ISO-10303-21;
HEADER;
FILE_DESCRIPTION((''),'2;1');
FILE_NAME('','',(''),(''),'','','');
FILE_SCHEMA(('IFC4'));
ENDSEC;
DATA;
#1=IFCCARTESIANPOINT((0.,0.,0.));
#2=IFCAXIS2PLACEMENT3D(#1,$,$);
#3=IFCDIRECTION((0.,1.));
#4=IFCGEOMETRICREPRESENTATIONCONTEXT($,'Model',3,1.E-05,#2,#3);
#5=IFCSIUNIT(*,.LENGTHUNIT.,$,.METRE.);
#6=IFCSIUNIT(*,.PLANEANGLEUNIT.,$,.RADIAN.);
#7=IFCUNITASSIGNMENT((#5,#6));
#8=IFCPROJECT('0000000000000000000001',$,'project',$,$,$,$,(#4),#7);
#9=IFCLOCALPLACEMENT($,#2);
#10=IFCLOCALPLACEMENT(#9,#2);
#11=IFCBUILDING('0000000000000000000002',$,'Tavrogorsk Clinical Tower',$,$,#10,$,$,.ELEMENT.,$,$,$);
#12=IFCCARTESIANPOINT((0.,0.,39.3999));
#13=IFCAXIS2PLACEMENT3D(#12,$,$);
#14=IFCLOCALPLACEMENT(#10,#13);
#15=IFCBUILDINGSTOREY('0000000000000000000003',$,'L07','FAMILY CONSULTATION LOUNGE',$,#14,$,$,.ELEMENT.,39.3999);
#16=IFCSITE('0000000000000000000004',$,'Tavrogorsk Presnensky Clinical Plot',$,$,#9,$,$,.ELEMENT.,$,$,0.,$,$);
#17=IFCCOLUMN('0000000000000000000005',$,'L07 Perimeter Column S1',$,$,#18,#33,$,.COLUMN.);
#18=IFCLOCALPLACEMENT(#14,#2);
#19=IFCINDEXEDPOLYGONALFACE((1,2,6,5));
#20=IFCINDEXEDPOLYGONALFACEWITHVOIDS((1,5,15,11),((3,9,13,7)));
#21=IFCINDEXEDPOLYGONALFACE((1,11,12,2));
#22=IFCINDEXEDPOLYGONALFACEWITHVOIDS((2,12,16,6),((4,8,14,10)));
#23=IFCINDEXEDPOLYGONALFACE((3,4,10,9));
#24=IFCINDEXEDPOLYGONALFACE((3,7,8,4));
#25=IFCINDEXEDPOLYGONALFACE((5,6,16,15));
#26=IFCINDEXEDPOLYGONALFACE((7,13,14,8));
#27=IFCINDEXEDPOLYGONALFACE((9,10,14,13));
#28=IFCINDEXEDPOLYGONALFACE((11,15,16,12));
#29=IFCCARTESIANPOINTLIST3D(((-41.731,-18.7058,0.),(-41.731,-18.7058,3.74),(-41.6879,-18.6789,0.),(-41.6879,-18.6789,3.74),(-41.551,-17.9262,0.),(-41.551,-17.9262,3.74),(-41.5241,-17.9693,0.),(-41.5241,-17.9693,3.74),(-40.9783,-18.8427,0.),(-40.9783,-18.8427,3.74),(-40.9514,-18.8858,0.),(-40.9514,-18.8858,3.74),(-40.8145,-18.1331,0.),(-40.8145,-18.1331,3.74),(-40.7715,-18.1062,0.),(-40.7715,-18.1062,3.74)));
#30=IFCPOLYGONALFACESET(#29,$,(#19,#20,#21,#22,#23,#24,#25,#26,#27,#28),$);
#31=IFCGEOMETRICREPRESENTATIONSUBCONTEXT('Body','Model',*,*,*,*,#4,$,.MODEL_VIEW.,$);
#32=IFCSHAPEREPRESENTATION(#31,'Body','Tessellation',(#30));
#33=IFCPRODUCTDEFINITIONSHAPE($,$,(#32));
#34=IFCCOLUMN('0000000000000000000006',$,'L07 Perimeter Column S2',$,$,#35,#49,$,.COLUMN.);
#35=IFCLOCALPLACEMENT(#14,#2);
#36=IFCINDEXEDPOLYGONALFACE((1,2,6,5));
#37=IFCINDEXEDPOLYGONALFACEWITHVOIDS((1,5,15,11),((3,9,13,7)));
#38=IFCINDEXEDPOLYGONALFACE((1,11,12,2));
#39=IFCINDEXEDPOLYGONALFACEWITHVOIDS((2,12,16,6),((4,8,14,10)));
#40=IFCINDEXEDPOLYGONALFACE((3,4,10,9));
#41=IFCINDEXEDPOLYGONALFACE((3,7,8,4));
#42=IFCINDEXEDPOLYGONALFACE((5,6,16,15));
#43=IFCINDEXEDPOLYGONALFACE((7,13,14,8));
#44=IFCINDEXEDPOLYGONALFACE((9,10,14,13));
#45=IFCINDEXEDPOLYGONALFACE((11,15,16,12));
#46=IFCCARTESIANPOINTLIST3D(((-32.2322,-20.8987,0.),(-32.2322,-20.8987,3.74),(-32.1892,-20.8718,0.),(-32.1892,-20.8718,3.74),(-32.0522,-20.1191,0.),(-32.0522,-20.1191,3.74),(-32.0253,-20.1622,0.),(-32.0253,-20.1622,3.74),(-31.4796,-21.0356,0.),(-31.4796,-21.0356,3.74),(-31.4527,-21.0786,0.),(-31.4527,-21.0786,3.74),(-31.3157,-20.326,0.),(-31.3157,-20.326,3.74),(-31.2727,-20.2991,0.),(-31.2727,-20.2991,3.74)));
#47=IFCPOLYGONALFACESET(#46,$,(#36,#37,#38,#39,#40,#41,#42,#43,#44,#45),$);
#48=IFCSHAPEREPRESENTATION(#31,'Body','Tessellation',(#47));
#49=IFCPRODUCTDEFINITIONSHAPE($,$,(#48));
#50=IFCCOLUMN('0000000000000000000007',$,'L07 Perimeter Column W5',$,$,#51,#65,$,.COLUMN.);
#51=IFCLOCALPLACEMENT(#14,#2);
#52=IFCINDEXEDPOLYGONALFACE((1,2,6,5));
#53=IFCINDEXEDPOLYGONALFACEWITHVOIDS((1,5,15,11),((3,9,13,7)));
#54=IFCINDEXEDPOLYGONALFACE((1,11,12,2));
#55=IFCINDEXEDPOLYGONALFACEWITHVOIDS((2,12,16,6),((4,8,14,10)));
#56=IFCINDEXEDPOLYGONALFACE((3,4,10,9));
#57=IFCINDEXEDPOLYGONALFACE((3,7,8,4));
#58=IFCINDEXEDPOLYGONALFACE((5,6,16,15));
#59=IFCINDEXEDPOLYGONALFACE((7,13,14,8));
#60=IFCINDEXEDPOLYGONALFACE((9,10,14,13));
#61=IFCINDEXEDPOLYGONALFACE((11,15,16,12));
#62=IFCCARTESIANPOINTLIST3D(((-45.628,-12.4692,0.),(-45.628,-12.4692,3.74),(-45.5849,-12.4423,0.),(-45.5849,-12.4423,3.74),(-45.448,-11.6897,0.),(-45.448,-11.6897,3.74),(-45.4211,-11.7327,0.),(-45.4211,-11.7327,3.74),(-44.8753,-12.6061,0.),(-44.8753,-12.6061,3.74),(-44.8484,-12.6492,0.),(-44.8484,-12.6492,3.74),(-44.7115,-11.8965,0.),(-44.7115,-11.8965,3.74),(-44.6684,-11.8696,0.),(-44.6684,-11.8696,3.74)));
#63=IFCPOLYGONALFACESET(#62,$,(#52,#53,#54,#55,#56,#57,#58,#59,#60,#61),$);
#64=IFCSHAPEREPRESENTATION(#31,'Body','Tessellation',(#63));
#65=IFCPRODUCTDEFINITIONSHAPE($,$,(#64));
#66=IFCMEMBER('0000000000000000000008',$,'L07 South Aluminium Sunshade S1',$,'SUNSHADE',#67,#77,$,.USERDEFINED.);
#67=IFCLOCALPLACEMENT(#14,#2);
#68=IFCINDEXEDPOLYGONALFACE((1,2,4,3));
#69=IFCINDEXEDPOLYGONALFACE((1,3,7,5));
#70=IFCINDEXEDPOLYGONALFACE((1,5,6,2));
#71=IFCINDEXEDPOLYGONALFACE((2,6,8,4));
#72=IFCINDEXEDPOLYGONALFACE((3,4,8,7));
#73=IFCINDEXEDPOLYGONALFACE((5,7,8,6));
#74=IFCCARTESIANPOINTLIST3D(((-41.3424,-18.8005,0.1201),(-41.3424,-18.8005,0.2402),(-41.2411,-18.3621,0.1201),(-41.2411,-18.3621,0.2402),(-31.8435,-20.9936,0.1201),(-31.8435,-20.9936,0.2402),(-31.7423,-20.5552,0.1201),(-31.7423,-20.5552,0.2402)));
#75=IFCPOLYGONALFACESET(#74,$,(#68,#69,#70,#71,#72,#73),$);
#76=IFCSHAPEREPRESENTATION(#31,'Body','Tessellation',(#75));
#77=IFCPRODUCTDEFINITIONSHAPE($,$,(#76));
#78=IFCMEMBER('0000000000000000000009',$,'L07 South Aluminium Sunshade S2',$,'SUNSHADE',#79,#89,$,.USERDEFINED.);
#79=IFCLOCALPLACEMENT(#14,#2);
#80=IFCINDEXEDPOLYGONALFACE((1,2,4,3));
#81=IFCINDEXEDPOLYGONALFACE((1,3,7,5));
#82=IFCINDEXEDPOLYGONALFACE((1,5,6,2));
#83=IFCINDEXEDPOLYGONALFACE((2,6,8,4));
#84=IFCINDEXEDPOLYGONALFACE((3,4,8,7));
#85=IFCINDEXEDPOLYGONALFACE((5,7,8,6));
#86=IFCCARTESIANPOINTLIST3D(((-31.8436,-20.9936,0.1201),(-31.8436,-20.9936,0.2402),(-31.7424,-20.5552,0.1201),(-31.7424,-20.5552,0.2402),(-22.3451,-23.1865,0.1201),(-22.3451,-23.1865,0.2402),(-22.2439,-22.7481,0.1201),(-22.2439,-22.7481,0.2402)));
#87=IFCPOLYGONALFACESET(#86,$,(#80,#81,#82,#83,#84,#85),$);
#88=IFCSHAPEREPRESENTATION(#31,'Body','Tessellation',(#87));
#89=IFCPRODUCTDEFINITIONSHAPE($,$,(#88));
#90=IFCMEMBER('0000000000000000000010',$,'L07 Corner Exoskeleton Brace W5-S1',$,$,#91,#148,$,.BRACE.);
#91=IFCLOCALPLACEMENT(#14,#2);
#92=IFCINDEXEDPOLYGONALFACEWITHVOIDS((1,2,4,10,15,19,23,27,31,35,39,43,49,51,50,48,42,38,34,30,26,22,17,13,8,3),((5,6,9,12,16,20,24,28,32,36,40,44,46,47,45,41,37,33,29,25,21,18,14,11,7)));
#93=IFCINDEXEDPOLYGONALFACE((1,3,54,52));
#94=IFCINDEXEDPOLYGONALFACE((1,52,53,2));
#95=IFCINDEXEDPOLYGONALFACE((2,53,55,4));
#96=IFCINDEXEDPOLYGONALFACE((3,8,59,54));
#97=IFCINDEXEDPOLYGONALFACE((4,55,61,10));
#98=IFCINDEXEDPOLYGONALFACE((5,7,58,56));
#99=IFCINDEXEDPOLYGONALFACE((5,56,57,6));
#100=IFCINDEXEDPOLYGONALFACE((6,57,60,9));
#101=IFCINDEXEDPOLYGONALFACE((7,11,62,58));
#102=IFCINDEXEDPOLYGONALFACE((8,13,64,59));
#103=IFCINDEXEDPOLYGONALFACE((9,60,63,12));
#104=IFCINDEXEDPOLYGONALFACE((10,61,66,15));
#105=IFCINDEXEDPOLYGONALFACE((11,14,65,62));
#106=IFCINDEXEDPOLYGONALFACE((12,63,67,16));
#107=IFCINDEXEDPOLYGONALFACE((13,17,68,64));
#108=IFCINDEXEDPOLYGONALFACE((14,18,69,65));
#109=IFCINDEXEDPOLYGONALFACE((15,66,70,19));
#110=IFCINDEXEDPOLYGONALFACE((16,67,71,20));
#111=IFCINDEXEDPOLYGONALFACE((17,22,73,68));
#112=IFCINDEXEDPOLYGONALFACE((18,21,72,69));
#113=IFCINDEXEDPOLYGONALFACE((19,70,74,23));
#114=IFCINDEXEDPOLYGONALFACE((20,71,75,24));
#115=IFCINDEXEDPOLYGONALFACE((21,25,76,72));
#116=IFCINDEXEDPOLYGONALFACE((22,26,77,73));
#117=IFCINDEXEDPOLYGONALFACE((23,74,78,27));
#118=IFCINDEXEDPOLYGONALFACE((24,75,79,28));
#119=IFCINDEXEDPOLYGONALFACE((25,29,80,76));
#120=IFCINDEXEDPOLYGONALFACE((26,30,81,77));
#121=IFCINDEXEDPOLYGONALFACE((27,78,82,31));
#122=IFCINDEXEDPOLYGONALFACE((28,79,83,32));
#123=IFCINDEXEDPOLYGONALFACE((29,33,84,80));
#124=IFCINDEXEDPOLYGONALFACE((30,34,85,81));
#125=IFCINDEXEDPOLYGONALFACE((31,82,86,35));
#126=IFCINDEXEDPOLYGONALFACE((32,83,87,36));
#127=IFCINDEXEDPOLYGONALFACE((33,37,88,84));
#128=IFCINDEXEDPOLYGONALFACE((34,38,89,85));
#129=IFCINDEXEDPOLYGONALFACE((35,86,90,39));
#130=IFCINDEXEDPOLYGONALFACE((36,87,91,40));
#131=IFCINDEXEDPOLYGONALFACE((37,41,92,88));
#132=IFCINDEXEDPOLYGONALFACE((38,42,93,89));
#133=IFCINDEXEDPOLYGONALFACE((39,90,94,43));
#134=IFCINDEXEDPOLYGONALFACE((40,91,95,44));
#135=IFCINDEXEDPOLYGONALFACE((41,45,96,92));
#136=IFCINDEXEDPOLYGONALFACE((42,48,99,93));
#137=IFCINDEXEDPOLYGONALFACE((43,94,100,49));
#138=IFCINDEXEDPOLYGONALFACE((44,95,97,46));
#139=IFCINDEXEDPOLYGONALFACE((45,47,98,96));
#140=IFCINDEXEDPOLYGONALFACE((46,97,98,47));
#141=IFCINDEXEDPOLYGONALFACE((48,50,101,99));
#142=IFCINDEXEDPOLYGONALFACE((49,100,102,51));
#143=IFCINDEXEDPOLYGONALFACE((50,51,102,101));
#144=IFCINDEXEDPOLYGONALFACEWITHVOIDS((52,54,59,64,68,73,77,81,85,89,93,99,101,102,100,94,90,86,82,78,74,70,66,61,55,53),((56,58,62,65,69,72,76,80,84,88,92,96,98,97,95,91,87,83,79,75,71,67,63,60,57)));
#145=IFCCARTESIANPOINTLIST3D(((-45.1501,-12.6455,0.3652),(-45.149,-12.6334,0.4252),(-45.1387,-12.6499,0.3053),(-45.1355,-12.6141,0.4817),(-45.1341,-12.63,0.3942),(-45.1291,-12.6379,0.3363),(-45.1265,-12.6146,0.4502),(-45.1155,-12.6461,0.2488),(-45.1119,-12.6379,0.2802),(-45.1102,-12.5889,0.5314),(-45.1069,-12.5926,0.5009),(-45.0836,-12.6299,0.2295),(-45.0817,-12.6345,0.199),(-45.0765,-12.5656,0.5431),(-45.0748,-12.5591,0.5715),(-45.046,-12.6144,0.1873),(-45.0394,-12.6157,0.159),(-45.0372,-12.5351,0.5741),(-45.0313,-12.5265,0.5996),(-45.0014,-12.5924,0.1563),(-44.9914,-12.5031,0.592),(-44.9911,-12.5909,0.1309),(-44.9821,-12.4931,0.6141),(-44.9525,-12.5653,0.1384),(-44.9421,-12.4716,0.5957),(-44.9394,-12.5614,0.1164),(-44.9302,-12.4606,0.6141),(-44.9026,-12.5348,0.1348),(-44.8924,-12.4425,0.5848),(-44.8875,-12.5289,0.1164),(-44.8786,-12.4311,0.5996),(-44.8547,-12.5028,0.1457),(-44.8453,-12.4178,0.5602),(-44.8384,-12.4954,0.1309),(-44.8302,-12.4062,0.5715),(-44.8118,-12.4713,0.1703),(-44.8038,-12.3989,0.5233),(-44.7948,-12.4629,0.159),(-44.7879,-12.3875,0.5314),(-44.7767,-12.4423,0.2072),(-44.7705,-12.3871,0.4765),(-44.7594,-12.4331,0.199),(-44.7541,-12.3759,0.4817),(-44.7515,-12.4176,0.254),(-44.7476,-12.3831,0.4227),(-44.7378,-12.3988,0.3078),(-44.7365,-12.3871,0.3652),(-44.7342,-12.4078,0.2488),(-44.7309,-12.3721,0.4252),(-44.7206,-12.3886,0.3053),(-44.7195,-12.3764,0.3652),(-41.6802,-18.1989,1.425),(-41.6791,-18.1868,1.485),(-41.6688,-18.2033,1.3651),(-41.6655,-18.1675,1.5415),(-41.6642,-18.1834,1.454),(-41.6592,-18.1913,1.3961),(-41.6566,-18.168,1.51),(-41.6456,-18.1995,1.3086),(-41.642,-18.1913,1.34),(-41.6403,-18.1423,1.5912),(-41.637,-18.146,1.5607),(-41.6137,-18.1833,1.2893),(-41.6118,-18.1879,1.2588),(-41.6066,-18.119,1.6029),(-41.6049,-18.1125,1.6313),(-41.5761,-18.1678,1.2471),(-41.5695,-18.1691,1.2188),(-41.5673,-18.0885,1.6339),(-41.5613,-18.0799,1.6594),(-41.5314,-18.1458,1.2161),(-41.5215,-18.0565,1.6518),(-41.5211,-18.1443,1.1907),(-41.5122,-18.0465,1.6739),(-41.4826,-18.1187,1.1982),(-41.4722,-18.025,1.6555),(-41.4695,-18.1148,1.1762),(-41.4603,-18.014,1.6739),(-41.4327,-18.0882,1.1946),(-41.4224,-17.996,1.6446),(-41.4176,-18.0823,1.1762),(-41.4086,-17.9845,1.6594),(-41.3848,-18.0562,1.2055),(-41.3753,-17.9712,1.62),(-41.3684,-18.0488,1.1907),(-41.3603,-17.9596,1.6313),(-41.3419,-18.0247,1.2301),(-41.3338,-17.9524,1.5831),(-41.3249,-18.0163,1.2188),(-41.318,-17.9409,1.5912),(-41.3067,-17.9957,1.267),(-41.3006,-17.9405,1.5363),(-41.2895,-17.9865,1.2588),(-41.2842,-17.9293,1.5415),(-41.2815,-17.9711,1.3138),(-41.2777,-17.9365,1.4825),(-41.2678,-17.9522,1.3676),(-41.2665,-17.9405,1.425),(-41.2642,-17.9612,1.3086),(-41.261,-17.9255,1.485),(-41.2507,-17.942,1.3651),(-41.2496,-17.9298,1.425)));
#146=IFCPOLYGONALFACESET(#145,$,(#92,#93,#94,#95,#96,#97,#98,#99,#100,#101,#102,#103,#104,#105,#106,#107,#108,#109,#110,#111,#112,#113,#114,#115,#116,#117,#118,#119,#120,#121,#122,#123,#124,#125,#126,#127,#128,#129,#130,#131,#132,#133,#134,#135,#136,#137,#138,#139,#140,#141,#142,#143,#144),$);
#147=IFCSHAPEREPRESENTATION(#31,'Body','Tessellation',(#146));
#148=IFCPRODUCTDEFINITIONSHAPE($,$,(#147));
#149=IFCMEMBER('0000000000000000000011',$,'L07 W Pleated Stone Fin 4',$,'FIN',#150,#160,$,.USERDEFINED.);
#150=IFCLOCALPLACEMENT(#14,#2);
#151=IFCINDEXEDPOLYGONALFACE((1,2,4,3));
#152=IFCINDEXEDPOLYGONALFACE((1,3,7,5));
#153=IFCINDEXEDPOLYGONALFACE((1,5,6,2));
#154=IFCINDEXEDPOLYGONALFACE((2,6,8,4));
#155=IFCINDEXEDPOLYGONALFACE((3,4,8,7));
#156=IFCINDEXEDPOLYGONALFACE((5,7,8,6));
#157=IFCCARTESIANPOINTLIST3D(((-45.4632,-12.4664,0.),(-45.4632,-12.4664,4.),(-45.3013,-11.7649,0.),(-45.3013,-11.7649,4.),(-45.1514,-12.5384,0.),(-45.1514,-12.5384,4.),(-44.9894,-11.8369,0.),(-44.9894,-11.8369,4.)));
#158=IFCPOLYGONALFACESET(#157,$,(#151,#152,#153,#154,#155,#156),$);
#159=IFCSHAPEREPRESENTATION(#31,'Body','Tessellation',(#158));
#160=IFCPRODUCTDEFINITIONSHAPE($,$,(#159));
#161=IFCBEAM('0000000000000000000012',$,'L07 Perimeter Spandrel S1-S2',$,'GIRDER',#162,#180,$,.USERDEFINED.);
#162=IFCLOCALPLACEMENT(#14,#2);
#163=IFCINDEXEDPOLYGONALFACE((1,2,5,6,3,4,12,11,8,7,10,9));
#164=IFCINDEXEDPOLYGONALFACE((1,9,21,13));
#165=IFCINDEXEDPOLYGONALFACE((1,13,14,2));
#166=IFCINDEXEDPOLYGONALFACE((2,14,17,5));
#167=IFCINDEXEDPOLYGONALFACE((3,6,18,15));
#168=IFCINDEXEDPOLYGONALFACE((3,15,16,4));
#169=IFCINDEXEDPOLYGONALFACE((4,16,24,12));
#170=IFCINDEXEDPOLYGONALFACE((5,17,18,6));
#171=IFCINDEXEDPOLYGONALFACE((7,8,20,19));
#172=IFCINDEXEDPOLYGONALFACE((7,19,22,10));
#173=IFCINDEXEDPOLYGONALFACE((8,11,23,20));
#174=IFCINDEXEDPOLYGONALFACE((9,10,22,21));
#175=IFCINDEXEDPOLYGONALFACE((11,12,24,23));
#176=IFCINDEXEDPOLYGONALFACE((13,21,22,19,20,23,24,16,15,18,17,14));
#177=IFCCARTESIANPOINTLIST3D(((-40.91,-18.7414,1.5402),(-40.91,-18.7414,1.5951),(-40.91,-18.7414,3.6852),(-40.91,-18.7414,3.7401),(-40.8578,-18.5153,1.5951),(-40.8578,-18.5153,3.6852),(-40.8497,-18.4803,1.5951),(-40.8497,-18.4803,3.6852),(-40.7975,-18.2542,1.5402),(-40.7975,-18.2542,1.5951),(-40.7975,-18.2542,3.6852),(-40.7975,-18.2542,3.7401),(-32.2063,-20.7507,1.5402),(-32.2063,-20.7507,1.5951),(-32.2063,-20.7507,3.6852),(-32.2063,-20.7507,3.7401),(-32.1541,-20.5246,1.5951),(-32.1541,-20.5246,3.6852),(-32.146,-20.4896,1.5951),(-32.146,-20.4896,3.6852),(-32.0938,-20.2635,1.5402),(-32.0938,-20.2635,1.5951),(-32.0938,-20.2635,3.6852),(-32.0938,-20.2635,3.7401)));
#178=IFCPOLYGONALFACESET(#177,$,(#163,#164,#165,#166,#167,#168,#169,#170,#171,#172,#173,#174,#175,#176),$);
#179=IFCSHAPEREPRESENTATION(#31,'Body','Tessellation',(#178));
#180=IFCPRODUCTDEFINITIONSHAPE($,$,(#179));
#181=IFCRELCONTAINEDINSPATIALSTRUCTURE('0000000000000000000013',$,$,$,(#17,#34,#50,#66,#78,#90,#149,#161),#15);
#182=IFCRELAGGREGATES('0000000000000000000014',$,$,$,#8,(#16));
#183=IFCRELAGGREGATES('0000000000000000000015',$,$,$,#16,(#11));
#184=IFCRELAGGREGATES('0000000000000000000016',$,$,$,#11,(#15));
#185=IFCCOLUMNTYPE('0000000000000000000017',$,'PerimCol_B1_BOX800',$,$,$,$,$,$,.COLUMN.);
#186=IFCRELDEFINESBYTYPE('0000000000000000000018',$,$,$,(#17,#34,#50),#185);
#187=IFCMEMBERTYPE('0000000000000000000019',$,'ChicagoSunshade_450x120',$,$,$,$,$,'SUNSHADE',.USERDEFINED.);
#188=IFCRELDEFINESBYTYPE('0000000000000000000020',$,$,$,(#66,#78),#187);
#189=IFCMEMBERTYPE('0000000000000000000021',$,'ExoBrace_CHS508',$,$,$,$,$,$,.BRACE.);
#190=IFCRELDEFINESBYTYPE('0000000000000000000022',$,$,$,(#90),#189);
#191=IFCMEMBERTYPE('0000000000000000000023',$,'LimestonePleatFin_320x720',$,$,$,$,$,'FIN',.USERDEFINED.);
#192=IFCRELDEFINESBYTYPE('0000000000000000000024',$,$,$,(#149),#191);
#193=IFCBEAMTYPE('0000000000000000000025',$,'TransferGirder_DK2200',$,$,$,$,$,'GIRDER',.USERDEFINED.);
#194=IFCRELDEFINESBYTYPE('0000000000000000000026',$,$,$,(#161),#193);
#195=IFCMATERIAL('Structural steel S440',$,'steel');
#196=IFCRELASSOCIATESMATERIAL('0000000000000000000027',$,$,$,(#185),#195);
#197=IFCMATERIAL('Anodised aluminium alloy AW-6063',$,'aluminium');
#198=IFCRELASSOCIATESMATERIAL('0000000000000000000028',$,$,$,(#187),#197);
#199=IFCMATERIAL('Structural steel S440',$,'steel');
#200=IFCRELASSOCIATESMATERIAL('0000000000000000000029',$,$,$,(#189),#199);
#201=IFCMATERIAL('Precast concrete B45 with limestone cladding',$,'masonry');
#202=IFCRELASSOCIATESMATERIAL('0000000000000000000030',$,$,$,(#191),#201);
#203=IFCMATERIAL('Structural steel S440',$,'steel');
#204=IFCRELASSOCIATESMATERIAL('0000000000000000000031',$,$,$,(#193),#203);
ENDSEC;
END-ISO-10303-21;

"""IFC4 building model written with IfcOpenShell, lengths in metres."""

from ifc_helpers import new_model, si_unit, direction, frame, origin, origin_2d, place, context, subcontext, project, spatial, rectangle, hollow_rectangle, hollow_circle, i_section, extrude, material, material_profile, profile_set, type_object, element, save


model = new_model("IFC4")

# Units and contexts
model_context = context("Model", 3, precision=1e-05, world=origin(), true_north=direction((0.0, 1.0)))
body_context = subcontext(model_context, "Body", "Model", "MODEL_VIEW")
ifc_project = project(units=[si_unit("LENGTHUNIT", "METRE"), si_unit("PLANEANGLEUNIT", "RADIAN")], contexts=[model_context])

# Site, building, storey
site_placement = place(None, origin())
site = spatial("IfcSite", under=ifc_project, at=site_placement, Name="Tavrogorsk Presnensky Clinical Plot", CompositionType="ELEMENT", RefElevation=0.0)
building_placement = place(site_placement, origin())
building = spatial("IfcBuilding", under=site, at=building_placement, Name="Tavrogorsk Clinical Tower", CompositionType="ELEMENT")
storey_placement = place(building_placement, frame((0.0, 0.0, 39.3999)))
storey = spatial("IfcBuildingStorey", under=building, at=storey_placement, Name="L07", Description="FAMILY CONSULTATION LOUNGE", CompositionType="ELEMENT", Elevation=39.3999)

# Columns
ifc_material_1 = material(Name="Structural steel S440", Category="steel")
ifc_material_profile_1 = material_profile(ifc_material_1, hollow_rectangle(XDim=0.8, YDim=0.8, WallThickness=0.0359, at=origin_2d()), Name="BOX-800x800x36")
ifc_profile_set_1 = profile_set([ifc_material_profile_1], Name="Structural steel S440")
column_type = type_object("IfcColumnType", Name="PerimCol_B1_BOX800", PredefinedType="COLUMN", material=ifc_profile_set_1)
for number, where, z_axis, x_axis, name in (
    (1, (-41.2512, -18.406, 0.0), (0.0, 0.0, 1.0), (0.97437, -0.224951, 0.0), "L07 Perimeter Column S1"),
    (2, (-31.7524, -20.5989, 0.0), (0.0, 0.0, 1.0), (0.97437, -0.224951, 0.0), "L07 Perimeter Column S2"),
    (3, (-45.1482, -12.1694, 0.0), (0.0, 0.0, 1.0), (0.97437, -0.224951, 0.0), "L07 Perimeter Column W5"),
):
    element("IfcColumn", number, at=place(storey_placement, frame(where, z_axis=z_axis, x_axis=x_axis)), inside=storey, type_object=column_type, Name=name, PredefinedType="COLUMN", context=body_context, shape_type="SweptSolid", body=[
        extrude(hollow_rectangle(XDim=0.8, YDim=0.8, WallThickness=0.0359, at=origin_2d()), origin(), (0.0, 0.0, 1.0), 3.74),
    ])

# Members
ifc_material_2 = material(Name="Anodised aluminium alloy AW-6063", Category="aluminium")
ifc_material_profile_2 = material_profile(ifc_material_2, rectangle(XDim=0.45, YDim=0.1201, at=origin_2d()), Name="ALU-SUNSHADE-450x120")
ifc_profile_set_2 = profile_set([ifc_material_profile_2], Name="Anodised aluminium alloy AW-6063")
member_type_1 = type_object("IfcMemberType", Name="ChicagoSunshade_450x120", ElementType="SUNSHADE", PredefinedType="USERDEFINED", material=ifc_profile_set_2)
member_1_placement = place(storey_placement, frame((-41.2917, -18.5813, 0.1802), z_axis=(0.974367, -0.224966, 0.0), x_axis=(0.224966, 0.974367, 0.0)))
element("IfcMember", 4, at=member_1_placement, inside=storey, type_object=member_type_1, Name="L07 South Aluminium Sunshade S1", ObjectType="SUNSHADE", PredefinedType="USERDEFINED", context=body_context, shape_type="SweptSolid", body=[
    extrude(rectangle(XDim=0.45, YDim=0.1201, at=origin_2d()), origin(), (0.0, 0.0, 1.0), 9.7488),
])
member_2_placement = place(storey_placement, frame((-31.793, -20.7744, 0.1802), z_axis=(0.974371, -0.224947, 0.0), x_axis=(0.224947, 0.974371, 0.0)))
element("IfcMember", 5, at=member_2_placement, inside=storey, type_object=member_type_1, Name="L07 South Aluminium Sunshade S2", ObjectType="SUNSHADE", PredefinedType="USERDEFINED", context=body_context, shape_type="SweptSolid", body=[
    extrude(rectangle(XDim=0.45, YDim=0.1201, at=origin_2d()), origin(), (0.0, 0.0, 1.0), 9.7483),
])
ifc_material_3 = material(Name="Structural steel S440", Category="steel")
ifc_material_profile_3 = material_profile(ifc_material_3, hollow_circle(Radius=0.2539, WallThickness=0.02, at=origin_2d()), Name="CHS-508x20")
ifc_profile_set_3 = profile_set([ifc_material_profile_3], Name="Structural steel S440")
member_type_2 = type_object("IfcMemberType", Name="ExoBrace_CHS508", PredefinedType="BRACE", material=ifc_profile_set_3)
member_3_placement = place(storey_placement, frame((-44.9348, -12.511, 0.3652), z_axis=(0.523089, -0.83717, 0.159764), x_axis=(0.848063, 0.529895, 0.0)))
element("IfcMember", 6, at=member_3_placement, inside=storey, type_object=member_type_2, Name="L07 Corner Exoskeleton Brace W5-S1", PredefinedType="BRACE", context=body_context, shape_type="SweptSolid", body=[
    extrude(hollow_circle(Radius=0.2539, WallThickness=0.02, at=origin_2d()), origin(), (0.0, 0.0, 1.0), 6.6335),
])
ifc_material_4 = material(Name="Precast concrete B45 with limestone cladding", Category="masonry")
ifc_material_profile_4 = material_profile(ifc_material_4, rectangle(XDim=0.3201, YDim=0.72, at=origin_2d()), Name="LIMESTONE-FIN-320x720")
ifc_profile_set_4 = profile_set([ifc_material_profile_4], Name="Precast concrete B45 with limestone cladding")
member_type_3 = type_object("IfcMemberType", Name="LimestonePleatFin_320x720", ElementType="FIN", PredefinedType="USERDEFINED", material=ifc_profile_set_4)
member_4_placement = place(storey_placement, frame((-45.2263, -12.1516, 0.0), z_axis=(0.0, 0.0, 1.0), x_axis=(0.97437, -0.224951, 0.0)))
element("IfcMember", 7, at=member_4_placement, inside=storey, type_object=member_type_3, Name="L07 W Pleated Stone Fin 4", ObjectType="FIN", PredefinedType="USERDEFINED", context=body_context, shape_type="SweptSolid", body=[
    extrude(rectangle(XDim=0.3201, YDim=0.72, at=origin_2d()), origin(), (0.0, 0.0, 1.0), 4.0),
])

# Beam
ifc_material_5 = material(Name="Structural steel S440", Category="steel")
ifc_material_profile_5 = material_profile(ifc_material_5, i_section(OverallWidth=0.5, OverallDepth=2.2, WebThickness=0.0359, FlangeThickness=0.0549, at=origin_2d()), Name="DK-2200x500x36x55")
ifc_profile_set_5 = profile_set([ifc_material_profile_5], Name="Structural steel S440")
beam_type = type_object("IfcBeamType", Name="TransferGirder_DK2200", ElementType="GIRDER", PredefinedType="USERDEFINED", material=ifc_profile_set_5)
for number, where, z_axis, x_axis, name in (
    (8, (-40.8538, -18.4978, 2.6401), (0.974373, -0.224939, 0.0), (0.224939, 0.974373, 0.0), "L07 Perimeter Spandrel S1-S2"),
):
    element("IfcBeam", number, at=place(storey_placement, frame(where, z_axis=z_axis, x_axis=x_axis)), inside=storey, type_object=beam_type, Name=name, ObjectType="GIRDER", PredefinedType="USERDEFINED", context=body_context, shape_type="SweptSolid", body=[
        extrude(i_section(OverallWidth=0.5, OverallDepth=2.2, WebThickness=0.0359, FlangeThickness=0.0549, at=origin_2d()), origin(), (0.0, 0.0, 1.0), 8.9326),
    ])

save(model, "model.ifc")
